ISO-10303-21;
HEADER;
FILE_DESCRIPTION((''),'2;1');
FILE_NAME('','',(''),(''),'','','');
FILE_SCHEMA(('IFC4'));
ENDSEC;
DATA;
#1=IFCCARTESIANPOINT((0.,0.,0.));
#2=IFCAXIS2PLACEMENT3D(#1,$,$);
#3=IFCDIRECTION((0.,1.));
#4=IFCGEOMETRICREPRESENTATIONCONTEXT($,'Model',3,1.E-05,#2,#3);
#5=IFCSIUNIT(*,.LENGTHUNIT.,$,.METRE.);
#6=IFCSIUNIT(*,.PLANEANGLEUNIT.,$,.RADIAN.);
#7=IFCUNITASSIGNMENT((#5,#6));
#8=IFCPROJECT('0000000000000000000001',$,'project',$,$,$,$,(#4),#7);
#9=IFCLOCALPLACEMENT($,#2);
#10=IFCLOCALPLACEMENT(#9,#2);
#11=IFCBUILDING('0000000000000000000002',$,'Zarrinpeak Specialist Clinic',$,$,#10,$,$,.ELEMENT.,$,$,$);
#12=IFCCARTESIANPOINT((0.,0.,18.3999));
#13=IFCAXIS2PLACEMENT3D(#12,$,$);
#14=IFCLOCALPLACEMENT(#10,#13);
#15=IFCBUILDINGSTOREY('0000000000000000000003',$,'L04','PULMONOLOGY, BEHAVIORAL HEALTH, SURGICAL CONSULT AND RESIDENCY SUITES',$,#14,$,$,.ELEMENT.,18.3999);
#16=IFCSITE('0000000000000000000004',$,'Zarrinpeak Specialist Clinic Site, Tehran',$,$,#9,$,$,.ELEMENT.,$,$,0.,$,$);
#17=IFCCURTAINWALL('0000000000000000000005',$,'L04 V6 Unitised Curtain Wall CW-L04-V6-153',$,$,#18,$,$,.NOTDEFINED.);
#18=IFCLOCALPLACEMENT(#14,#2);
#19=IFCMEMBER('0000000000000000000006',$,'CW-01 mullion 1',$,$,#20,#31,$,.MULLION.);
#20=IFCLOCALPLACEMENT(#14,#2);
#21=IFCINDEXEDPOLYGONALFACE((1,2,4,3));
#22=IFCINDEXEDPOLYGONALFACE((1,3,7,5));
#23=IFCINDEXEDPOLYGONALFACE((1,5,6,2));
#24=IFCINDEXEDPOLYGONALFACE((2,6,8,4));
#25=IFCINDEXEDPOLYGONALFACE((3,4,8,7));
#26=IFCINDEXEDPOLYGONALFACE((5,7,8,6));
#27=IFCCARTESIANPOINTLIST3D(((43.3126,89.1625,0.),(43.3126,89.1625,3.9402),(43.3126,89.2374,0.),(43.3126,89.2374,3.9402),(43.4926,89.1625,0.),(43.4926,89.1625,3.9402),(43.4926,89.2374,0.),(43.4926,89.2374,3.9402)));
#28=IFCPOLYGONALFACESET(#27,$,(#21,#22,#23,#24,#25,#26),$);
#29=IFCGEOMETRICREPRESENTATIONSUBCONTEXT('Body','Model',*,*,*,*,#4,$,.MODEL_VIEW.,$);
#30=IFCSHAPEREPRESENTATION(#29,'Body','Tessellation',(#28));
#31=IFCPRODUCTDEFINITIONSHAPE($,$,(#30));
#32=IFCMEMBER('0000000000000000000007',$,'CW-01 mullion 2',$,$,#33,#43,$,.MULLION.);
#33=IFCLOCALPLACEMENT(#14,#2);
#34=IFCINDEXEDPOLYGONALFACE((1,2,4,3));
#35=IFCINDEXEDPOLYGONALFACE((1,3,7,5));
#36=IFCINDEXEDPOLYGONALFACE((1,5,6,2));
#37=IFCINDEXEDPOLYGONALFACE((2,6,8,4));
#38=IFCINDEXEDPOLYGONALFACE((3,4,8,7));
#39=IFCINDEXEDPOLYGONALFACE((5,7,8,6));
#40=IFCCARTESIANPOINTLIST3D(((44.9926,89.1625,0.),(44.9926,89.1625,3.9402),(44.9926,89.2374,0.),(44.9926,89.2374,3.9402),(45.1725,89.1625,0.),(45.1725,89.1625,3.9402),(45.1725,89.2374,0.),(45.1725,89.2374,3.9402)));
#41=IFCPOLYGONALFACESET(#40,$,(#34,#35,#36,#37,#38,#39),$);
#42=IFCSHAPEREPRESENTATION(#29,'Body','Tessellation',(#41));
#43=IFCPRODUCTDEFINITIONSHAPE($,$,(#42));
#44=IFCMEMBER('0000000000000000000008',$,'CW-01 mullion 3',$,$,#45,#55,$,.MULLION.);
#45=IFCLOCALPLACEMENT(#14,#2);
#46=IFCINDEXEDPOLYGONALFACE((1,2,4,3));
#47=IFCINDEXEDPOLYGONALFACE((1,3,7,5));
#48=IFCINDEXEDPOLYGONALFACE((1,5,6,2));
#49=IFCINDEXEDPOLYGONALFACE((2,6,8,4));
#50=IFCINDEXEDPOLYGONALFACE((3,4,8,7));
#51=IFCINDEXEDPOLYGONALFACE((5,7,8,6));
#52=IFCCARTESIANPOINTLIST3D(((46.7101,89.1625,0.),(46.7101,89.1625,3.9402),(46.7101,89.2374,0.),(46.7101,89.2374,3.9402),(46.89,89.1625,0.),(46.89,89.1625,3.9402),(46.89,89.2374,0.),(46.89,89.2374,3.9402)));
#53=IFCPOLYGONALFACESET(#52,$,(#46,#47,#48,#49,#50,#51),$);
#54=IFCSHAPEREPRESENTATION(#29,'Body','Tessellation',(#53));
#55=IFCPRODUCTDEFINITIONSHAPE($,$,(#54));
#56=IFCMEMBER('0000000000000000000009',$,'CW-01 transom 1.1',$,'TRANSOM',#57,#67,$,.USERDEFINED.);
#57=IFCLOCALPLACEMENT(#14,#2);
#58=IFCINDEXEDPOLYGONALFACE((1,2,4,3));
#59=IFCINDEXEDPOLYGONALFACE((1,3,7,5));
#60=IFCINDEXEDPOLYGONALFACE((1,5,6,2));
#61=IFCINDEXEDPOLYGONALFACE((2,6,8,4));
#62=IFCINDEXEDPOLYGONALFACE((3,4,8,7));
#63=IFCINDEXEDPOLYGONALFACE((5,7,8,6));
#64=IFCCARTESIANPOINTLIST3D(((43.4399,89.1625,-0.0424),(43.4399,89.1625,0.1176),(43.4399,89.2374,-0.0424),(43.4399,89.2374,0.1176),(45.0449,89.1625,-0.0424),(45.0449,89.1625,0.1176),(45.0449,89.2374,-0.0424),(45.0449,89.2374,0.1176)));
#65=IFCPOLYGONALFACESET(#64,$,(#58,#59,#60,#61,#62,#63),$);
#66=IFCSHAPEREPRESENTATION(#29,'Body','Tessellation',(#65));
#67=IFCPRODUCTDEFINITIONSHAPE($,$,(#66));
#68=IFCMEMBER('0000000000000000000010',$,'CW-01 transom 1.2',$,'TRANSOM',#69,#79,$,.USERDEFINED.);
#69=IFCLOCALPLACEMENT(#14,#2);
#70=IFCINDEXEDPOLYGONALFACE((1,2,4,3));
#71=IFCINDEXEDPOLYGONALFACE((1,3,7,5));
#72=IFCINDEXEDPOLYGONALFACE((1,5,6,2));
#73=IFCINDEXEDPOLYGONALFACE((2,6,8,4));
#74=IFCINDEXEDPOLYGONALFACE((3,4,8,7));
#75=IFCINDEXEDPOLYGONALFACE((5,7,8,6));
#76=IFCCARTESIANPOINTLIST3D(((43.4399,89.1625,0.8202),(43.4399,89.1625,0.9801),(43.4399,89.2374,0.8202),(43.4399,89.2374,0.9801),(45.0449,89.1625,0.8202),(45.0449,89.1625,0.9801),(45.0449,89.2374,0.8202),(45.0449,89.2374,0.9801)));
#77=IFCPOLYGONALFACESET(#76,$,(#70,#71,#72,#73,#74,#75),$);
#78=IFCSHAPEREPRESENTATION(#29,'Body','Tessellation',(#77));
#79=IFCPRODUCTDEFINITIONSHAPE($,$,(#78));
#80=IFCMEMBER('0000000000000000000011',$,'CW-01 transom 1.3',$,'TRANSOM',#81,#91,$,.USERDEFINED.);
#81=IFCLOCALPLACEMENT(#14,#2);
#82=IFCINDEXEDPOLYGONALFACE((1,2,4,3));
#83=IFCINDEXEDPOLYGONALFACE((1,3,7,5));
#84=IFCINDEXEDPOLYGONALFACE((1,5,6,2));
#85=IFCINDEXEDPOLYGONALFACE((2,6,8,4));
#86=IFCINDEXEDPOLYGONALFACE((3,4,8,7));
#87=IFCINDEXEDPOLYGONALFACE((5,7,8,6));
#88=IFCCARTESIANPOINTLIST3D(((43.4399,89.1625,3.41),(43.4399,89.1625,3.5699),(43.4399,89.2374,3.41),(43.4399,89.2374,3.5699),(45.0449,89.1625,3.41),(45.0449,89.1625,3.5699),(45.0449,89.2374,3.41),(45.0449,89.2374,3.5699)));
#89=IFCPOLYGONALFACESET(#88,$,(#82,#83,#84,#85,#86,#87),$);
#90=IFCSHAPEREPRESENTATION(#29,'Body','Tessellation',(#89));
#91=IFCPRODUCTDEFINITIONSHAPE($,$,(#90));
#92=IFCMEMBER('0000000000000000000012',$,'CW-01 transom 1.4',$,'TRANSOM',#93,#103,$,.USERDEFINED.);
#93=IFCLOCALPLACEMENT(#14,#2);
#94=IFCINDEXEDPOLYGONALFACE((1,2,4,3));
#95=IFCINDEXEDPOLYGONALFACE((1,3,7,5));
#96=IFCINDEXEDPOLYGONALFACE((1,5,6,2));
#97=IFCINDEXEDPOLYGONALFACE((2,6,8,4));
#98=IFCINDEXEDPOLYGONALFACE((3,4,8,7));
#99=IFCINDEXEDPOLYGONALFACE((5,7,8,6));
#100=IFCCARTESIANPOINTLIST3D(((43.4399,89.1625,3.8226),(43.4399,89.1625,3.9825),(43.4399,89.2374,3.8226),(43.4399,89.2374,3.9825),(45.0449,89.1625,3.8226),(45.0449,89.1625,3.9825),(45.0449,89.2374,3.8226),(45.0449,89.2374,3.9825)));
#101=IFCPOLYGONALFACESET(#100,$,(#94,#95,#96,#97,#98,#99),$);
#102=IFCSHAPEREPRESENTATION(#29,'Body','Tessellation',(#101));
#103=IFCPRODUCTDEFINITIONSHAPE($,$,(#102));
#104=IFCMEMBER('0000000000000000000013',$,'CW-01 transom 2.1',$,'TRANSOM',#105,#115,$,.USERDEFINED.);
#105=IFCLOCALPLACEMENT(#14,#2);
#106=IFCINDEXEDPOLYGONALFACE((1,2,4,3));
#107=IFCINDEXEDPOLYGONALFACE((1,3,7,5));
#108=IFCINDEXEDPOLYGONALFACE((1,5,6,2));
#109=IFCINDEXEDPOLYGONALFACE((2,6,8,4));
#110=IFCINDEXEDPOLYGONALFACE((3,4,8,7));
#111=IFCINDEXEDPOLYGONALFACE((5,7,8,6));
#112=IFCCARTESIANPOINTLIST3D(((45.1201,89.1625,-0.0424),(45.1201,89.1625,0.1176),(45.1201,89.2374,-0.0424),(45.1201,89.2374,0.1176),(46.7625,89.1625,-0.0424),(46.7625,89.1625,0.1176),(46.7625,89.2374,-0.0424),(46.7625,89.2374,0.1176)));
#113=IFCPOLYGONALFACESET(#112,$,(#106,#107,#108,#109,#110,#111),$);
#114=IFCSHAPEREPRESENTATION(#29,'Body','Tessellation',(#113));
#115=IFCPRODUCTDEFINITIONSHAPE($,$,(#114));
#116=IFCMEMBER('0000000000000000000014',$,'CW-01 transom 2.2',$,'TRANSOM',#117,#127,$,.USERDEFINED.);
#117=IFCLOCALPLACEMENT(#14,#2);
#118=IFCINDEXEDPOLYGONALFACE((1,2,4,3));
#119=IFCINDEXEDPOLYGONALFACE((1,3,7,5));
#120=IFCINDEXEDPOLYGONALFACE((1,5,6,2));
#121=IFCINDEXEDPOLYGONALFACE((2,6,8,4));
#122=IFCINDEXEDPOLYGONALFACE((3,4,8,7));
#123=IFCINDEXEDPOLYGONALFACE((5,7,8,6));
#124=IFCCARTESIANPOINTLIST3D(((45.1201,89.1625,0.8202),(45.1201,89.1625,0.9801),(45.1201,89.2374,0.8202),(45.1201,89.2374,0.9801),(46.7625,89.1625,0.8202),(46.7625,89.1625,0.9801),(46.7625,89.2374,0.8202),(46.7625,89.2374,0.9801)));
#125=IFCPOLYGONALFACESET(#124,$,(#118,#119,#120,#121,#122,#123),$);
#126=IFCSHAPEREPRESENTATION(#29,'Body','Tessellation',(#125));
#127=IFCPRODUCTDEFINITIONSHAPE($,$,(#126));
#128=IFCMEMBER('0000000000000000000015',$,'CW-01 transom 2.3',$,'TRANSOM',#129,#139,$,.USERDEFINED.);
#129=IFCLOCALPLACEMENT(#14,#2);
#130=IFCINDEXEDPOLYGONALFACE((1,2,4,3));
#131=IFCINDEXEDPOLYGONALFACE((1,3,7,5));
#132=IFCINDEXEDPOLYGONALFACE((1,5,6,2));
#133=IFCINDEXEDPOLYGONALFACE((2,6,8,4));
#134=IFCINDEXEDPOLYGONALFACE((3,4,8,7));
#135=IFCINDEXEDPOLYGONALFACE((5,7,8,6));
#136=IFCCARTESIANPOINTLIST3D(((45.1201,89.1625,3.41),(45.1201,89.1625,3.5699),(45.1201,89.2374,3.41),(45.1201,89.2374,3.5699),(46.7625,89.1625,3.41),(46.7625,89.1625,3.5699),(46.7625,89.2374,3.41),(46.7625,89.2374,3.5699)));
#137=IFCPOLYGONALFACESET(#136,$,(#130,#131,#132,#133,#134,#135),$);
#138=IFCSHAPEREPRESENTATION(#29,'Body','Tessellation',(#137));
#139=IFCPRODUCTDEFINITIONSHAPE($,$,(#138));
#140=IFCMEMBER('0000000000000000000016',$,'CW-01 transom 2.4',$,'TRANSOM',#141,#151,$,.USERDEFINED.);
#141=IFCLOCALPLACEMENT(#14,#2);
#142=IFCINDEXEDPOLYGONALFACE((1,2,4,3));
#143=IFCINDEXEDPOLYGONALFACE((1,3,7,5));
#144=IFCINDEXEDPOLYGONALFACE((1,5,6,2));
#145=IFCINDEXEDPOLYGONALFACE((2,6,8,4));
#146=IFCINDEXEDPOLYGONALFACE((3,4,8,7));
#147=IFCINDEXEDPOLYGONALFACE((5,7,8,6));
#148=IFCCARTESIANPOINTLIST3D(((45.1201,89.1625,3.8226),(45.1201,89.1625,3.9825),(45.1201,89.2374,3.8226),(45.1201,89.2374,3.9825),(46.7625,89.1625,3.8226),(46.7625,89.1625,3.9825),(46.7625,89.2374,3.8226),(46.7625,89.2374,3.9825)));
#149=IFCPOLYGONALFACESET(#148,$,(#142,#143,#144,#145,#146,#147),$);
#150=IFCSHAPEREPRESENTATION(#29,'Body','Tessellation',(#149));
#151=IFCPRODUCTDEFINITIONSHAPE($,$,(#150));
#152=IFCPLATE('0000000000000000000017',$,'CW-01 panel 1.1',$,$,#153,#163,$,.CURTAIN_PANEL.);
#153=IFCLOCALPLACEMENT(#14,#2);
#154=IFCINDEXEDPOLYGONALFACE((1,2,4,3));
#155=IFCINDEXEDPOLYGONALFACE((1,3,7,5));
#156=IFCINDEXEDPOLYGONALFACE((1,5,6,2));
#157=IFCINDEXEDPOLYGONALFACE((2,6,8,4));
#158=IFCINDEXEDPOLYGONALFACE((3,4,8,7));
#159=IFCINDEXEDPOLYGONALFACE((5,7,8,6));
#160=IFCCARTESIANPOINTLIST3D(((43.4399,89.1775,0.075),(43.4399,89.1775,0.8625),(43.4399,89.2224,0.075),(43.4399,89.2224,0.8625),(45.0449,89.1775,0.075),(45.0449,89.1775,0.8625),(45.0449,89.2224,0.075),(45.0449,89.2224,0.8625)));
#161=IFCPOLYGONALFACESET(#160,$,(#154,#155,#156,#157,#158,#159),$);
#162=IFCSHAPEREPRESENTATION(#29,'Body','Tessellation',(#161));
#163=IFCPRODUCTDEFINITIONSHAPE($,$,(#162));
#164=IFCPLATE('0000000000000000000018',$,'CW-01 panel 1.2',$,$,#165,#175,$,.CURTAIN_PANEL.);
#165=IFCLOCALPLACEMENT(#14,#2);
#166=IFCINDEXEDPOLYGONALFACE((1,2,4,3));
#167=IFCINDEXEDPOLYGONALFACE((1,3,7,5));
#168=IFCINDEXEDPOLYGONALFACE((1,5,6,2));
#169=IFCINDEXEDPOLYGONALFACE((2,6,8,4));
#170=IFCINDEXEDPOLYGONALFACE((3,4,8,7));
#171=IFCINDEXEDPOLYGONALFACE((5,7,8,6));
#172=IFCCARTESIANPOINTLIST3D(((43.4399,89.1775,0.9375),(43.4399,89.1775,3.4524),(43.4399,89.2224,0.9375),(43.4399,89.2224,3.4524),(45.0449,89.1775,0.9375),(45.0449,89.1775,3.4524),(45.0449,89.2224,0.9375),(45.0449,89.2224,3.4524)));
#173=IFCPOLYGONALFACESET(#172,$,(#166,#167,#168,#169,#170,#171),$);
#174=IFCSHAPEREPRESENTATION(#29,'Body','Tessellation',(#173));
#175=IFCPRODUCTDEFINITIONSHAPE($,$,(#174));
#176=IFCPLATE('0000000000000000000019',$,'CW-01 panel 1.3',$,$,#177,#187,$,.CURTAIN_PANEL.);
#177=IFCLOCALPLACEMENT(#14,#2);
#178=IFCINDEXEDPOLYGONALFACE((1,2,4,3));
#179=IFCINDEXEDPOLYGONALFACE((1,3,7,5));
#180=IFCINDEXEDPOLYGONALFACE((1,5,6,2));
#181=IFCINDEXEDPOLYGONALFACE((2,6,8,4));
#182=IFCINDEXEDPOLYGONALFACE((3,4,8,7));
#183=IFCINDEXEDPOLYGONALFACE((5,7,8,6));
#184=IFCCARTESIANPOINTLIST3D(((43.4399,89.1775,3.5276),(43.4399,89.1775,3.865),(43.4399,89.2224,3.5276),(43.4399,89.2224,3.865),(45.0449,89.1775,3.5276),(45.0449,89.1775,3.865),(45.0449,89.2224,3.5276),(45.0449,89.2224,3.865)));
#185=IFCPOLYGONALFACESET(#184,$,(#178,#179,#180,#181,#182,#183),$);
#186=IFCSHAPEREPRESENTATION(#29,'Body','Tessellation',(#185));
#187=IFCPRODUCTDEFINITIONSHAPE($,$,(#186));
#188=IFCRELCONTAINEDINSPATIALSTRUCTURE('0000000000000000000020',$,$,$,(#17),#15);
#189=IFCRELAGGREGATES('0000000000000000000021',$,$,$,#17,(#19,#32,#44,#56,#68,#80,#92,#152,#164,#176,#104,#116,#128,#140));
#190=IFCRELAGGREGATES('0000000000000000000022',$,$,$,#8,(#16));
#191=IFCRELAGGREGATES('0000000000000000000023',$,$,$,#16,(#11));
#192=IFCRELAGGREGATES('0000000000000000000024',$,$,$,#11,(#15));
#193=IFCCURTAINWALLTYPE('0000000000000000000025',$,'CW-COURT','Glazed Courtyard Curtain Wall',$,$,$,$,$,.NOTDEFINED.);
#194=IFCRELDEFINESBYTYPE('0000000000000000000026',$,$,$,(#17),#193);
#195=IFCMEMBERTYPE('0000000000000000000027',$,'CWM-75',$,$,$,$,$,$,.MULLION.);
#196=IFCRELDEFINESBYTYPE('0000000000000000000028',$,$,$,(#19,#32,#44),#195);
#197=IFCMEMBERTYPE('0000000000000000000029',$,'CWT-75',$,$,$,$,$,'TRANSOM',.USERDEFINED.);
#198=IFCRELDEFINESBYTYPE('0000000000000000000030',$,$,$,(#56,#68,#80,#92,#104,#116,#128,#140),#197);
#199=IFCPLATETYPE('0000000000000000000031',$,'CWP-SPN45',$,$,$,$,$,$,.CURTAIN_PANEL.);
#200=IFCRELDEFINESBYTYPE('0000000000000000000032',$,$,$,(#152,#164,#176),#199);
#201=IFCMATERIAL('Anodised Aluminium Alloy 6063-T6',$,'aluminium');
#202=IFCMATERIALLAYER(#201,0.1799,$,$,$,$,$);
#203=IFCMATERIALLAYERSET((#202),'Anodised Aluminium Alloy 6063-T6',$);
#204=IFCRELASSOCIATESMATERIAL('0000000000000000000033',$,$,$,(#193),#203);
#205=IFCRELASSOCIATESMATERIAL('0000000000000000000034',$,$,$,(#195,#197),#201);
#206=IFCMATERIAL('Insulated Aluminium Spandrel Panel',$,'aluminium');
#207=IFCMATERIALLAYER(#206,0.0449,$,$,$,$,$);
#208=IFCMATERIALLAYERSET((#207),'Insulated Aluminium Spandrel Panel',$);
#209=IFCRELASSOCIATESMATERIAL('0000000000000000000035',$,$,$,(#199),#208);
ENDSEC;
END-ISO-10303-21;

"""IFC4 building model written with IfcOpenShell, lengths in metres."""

from ifc_helpers import new_model, si_unit, direction, frame, origin, origin_2d, place, context, subcontext, project, spatial, rectangle, extrude, material, layer, layer_set, material_profile, profile_set, type_object, element, aggregate, save


model = new_model("IFC4")

# Units and contexts
model_context = context("Model", 3, precision=1e-05, world=origin(), true_north=direction((0.0, 1.0)))
body_context = subcontext(model_context, "Body", "Model", "MODEL_VIEW")
ifc_project = project(units=[si_unit("LENGTHUNIT", "METRE"), si_unit("PLANEANGLEUNIT", "RADIAN")], contexts=[model_context])

# Site, building, storey
site_placement = place(None, origin())
site = spatial("IfcSite", under=ifc_project, at=site_placement, Name="Zarrinpeak Specialist Clinic Site, Tehran", CompositionType="ELEMENT", RefElevation=0.0)
building_placement = place(site_placement, origin())
building = spatial("IfcBuilding", under=site, at=building_placement, Name="Zarrinpeak Specialist Clinic", CompositionType="ELEMENT")
storey_placement = place(building_placement, frame((0.0, 0.0, 18.3999)))
storey = spatial("IfcBuildingStorey", under=building, at=storey_placement, Name="L04", Description="PULMONOLOGY, BEHAVIORAL HEALTH, SURGICAL CONSULT AND RESIDENCY SUITES", CompositionType="ELEMENT", Elevation=18.3999)

# Curtain wall, members, plates
ifc_material_1 = material(Name="Anodised Aluminium Alloy 6063-T6", Category="aluminium")
ifc_layer_1 = layer(ifc_material_1, 0.1799)
ifc_layer_set_1 = layer_set([ifc_layer_1], Name="Anodised Aluminium Alloy 6063-T6")
curtain_wall_type = type_object("IfcCurtainWallType", Name="CW-COURT", Description="Glazed Courtyard Curtain Wall", PredefinedType="NOTDEFINED", material=ifc_layer_set_1)
curtain_wall_placement = place(storey_placement, origin())
curtain_wall = element("IfcCurtainWall", 1, at=curtain_wall_placement, inside=storey, type_object=curtain_wall_type, Name="L04 V6 Unitised Curtain Wall CW-L04-V6-153", PredefinedType="NOTDEFINED")
ifc_material_profile_1 = material_profile(ifc_material_1, rectangle(XDim=0.075, YDim=0.1799, at=origin_2d()), Name="ALU 75x180")
ifc_profile_set_1 = profile_set([ifc_material_profile_1], Name="Anodised Aluminium Alloy 6063-T6")
member_type_1 = type_object("IfcMemberType", Name="CWM-75", PredefinedType="MULLION", material=ifc_profile_set_1)
member_1_placement = place(storey_placement, frame((43.4026, 89.2, 0.0), z_axis=(0.0, 0.0, 1.0), x_axis=(0.0, 1.0, 0.0)))
member_1 = element("IfcMember", 2, at=member_1_placement, type_object=member_type_1, Name="CW-01 mullion 1", PredefinedType="MULLION", context=body_context, shape_type="SweptSolid", body=[
    extrude(rectangle(XDim=0.075, YDim=0.1799, at=origin_2d()), origin(), (0.0, 0.0, 1.0), 3.9402),
])
member_2_placement = place(storey_placement, frame((45.0825, 89.2, 0.0), z_axis=(0.0, 0.0, 1.0), x_axis=(0.0, 1.0, 0.0)))
member_2 = element("IfcMember", 3, at=member_2_placement, type_object=member_type_1, Name="CW-01 mullion 2", PredefinedType="MULLION", context=body_context, shape_type="SweptSolid", body=[
    extrude(rectangle(XDim=0.075, YDim=0.1799, at=origin_2d()), origin(), (0.0, 0.0, 1.0), 3.9402),
])
member_3_placement = place(storey_placement, frame((46.8, 89.2, 0.0), z_axis=(0.0, 0.0, 1.0), x_axis=(0.0, 1.0, 0.0)))
member_3 = element("IfcMember", 4, at=member_3_placement, type_object=member_type_1, Name="CW-01 mullion 3", PredefinedType="MULLION", context=body_context, shape_type="SweptSolid", body=[
    extrude(rectangle(XDim=0.075, YDim=0.1799, at=origin_2d()), origin(), (0.0, 0.0, 1.0), 3.9402),
])
ifc_material_profile_2 = material_profile(ifc_material_1, rectangle(XDim=0.075, YDim=0.1599, at=origin_2d()), Name="ALU 75x160")
ifc_profile_set_2 = profile_set([ifc_material_profile_2], Name="Anodised Aluminium Alloy 6063-T6")
member_type_2 = type_object("IfcMemberType", Name="CWT-75", ElementType="TRANSOM", PredefinedType="USERDEFINED", material=ifc_profile_set_2)
member_4_placement = place(storey_placement, frame((43.4399, 89.2, 0.0376), z_axis=(1.0, 0.0, 0.0), x_axis=(0.0, 1.0, 0.0)))
member_4 = element("IfcMember", 5, at=member_4_placement, type_object=member_type_2, Name="CW-01 transom 1.1", ObjectType="TRANSOM", PredefinedType="USERDEFINED", context=body_context, shape_type="SweptSolid", body=[
    extrude(rectangle(XDim=0.075, YDim=0.1599, at=origin_2d()), origin(), (0.0, 0.0, 1.0), 1.605),
])
member_5_placement = place(storey_placement, frame((43.4399, 89.2, 0.9001), z_axis=(1.0, 0.0, 0.0), x_axis=(0.0, 1.0, 0.0)))
member_5 = element("IfcMember", 6, at=member_5_placement, type_object=member_type_2, Name="CW-01 transom 1.2", ObjectType="TRANSOM", PredefinedType="USERDEFINED", context=body_context, shape_type="SweptSolid", body=[
    extrude(rectangle(XDim=0.075, YDim=0.1599, at=origin_2d()), origin(), (0.0, 0.0, 1.0), 1.605),
])
member_6_placement = place(storey_placement, frame((43.4399, 89.2, 3.49), z_axis=(1.0, 0.0, 0.0), x_axis=(0.0, 1.0, 0.0)))
member_6 = element("IfcMember", 7, at=member_6_placement, type_object=member_type_2, Name="CW-01 transom 1.3", ObjectType="TRANSOM", PredefinedType="USERDEFINED", context=body_context, shape_type="SweptSolid", body=[
    extrude(rectangle(XDim=0.075, YDim=0.1599, at=origin_2d()), origin(), (0.0, 0.0, 1.0), 1.605),
])
member_7_placement = place(storey_placement, frame((43.4399, 89.2, 3.9026), z_axis=(1.0, 0.0, 0.0), x_axis=(0.0, 1.0, 0.0)))
member_7 = element("IfcMember", 8, at=member_7_placement, type_object=member_type_2, Name="CW-01 transom 1.4", ObjectType="TRANSOM", PredefinedType="USERDEFINED", context=body_context, shape_type="SweptSolid", body=[
    extrude(rectangle(XDim=0.075, YDim=0.1599, at=origin_2d()), origin(), (0.0, 0.0, 1.0), 1.605),
])
member_8_placement = place(storey_placement, frame((45.1201, 89.2, 0.0376), z_axis=(1.0, 0.0, 0.0), x_axis=(0.0, 1.0, 0.0)))
member_8 = element("IfcMember", 9, at=member_8_placement, type_object=member_type_2, Name="CW-01 transom 2.1", ObjectType="TRANSOM", PredefinedType="USERDEFINED", context=body_context, shape_type="SweptSolid", body=[
    extrude(rectangle(XDim=0.075, YDim=0.1599, at=origin_2d()), origin(), (0.0, 0.0, 1.0), 1.6423),
])
member_9_placement = place(storey_placement, frame((45.1201, 89.2, 0.9001), z_axis=(1.0, 0.0, 0.0), x_axis=(0.0, 1.0, 0.0)))
member_9 = element("IfcMember", 10, at=member_9_placement, type_object=member_type_2, Name="CW-01 transom 2.2", ObjectType="TRANSOM", PredefinedType="USERDEFINED", context=body_context, shape_type="SweptSolid", body=[
    extrude(rectangle(XDim=0.075, YDim=0.1599, at=origin_2d()), origin(), (0.0, 0.0, 1.0), 1.6423),
])
member_10_placement = place(storey_placement, frame((45.1201, 89.2, 3.49), z_axis=(1.0, 0.0, 0.0), x_axis=(0.0, 1.0, 0.0)))
member_10 = element("IfcMember", 11, at=member_10_placement, type_object=member_type_2, Name="CW-01 transom 2.3", ObjectType="TRANSOM", PredefinedType="USERDEFINED", context=body_context, shape_type="SweptSolid", body=[
    extrude(rectangle(XDim=0.075, YDim=0.1599, at=origin_2d()), origin(), (0.0, 0.0, 1.0), 1.6423),
])
member_11_placement = place(storey_placement, frame((45.1201, 89.2, 3.9026), z_axis=(1.0, 0.0, 0.0), x_axis=(0.0, 1.0, 0.0)))
member_11 = element("IfcMember", 12, at=member_11_placement, type_object=member_type_2, Name="CW-01 transom 2.4", ObjectType="TRANSOM", PredefinedType="USERDEFINED", context=body_context, shape_type="SweptSolid", body=[
    extrude(rectangle(XDim=0.075, YDim=0.1599, at=origin_2d()), origin(), (0.0, 0.0, 1.0), 1.6423),
])
ifc_material_2 = material(Name="Insulated Aluminium Spandrel Panel", Category="aluminium")
ifc_layer_2 = layer(ifc_material_2, 0.0449)
ifc_layer_set_2 = layer_set([ifc_layer_2], Name="Insulated Aluminium Spandrel Panel")
plate_type = type_object("IfcPlateType", Name="CWP-SPN45", PredefinedType="CURTAIN_PANEL", material=ifc_layer_set_2)
plate_1_placement = place(storey_placement, frame((44.2424, 89.2, 0.075), z_axis=(0.0, 0.0, 1.0), x_axis=(1.0, 0.0, 0.0)))
plate_1 = element("IfcPlate", 13, at=plate_1_placement, type_object=plate_type, Name="CW-01 panel 1.1", PredefinedType="CURTAIN_PANEL", context=body_context, shape_type="SweptSolid", body=[
    extrude(rectangle(XDim=1.605, YDim=0.0449, at=origin_2d()), origin(), (0.0, 0.0, 1.0), 0.7876),
])
plate_2_placement = place(storey_placement, frame((44.2424, 89.2, 0.9375), z_axis=(0.0, 0.0, 1.0), x_axis=(1.0, 0.0, 0.0)))
plate_2 = element("IfcPlate", 14, at=plate_2_placement, type_object=plate_type, Name="CW-01 panel 1.2", PredefinedType="CURTAIN_PANEL", context=body_context, shape_type="SweptSolid", body=[
    extrude(rectangle(XDim=1.605, YDim=0.0449, at=origin_2d()), origin(), (0.0, 0.0, 1.0), 2.5149),
])
plate_3_placement = place(storey_placement, frame((44.2424, 89.2, 3.5276), z_axis=(0.0, 0.0, 1.0), x_axis=(1.0, 0.0, 0.0)))
plate_3 = element("IfcPlate", 15, at=plate_3_placement, type_object=plate_type, Name="CW-01 panel 1.3", PredefinedType="CURTAIN_PANEL", context=body_context, shape_type="SweptSolid", body=[
    extrude(rectangle(XDim=1.605, YDim=0.0449, at=origin_2d()), origin(), (0.0, 0.0, 1.0), 0.3374),
])
aggregate(curtain_wall, [member_1, member_2, member_3, member_4, member_5, member_6, member_7, plate_1, plate_2, plate_3, member_8, member_9, member_10, member_11])

save(model, "model.ifc")
